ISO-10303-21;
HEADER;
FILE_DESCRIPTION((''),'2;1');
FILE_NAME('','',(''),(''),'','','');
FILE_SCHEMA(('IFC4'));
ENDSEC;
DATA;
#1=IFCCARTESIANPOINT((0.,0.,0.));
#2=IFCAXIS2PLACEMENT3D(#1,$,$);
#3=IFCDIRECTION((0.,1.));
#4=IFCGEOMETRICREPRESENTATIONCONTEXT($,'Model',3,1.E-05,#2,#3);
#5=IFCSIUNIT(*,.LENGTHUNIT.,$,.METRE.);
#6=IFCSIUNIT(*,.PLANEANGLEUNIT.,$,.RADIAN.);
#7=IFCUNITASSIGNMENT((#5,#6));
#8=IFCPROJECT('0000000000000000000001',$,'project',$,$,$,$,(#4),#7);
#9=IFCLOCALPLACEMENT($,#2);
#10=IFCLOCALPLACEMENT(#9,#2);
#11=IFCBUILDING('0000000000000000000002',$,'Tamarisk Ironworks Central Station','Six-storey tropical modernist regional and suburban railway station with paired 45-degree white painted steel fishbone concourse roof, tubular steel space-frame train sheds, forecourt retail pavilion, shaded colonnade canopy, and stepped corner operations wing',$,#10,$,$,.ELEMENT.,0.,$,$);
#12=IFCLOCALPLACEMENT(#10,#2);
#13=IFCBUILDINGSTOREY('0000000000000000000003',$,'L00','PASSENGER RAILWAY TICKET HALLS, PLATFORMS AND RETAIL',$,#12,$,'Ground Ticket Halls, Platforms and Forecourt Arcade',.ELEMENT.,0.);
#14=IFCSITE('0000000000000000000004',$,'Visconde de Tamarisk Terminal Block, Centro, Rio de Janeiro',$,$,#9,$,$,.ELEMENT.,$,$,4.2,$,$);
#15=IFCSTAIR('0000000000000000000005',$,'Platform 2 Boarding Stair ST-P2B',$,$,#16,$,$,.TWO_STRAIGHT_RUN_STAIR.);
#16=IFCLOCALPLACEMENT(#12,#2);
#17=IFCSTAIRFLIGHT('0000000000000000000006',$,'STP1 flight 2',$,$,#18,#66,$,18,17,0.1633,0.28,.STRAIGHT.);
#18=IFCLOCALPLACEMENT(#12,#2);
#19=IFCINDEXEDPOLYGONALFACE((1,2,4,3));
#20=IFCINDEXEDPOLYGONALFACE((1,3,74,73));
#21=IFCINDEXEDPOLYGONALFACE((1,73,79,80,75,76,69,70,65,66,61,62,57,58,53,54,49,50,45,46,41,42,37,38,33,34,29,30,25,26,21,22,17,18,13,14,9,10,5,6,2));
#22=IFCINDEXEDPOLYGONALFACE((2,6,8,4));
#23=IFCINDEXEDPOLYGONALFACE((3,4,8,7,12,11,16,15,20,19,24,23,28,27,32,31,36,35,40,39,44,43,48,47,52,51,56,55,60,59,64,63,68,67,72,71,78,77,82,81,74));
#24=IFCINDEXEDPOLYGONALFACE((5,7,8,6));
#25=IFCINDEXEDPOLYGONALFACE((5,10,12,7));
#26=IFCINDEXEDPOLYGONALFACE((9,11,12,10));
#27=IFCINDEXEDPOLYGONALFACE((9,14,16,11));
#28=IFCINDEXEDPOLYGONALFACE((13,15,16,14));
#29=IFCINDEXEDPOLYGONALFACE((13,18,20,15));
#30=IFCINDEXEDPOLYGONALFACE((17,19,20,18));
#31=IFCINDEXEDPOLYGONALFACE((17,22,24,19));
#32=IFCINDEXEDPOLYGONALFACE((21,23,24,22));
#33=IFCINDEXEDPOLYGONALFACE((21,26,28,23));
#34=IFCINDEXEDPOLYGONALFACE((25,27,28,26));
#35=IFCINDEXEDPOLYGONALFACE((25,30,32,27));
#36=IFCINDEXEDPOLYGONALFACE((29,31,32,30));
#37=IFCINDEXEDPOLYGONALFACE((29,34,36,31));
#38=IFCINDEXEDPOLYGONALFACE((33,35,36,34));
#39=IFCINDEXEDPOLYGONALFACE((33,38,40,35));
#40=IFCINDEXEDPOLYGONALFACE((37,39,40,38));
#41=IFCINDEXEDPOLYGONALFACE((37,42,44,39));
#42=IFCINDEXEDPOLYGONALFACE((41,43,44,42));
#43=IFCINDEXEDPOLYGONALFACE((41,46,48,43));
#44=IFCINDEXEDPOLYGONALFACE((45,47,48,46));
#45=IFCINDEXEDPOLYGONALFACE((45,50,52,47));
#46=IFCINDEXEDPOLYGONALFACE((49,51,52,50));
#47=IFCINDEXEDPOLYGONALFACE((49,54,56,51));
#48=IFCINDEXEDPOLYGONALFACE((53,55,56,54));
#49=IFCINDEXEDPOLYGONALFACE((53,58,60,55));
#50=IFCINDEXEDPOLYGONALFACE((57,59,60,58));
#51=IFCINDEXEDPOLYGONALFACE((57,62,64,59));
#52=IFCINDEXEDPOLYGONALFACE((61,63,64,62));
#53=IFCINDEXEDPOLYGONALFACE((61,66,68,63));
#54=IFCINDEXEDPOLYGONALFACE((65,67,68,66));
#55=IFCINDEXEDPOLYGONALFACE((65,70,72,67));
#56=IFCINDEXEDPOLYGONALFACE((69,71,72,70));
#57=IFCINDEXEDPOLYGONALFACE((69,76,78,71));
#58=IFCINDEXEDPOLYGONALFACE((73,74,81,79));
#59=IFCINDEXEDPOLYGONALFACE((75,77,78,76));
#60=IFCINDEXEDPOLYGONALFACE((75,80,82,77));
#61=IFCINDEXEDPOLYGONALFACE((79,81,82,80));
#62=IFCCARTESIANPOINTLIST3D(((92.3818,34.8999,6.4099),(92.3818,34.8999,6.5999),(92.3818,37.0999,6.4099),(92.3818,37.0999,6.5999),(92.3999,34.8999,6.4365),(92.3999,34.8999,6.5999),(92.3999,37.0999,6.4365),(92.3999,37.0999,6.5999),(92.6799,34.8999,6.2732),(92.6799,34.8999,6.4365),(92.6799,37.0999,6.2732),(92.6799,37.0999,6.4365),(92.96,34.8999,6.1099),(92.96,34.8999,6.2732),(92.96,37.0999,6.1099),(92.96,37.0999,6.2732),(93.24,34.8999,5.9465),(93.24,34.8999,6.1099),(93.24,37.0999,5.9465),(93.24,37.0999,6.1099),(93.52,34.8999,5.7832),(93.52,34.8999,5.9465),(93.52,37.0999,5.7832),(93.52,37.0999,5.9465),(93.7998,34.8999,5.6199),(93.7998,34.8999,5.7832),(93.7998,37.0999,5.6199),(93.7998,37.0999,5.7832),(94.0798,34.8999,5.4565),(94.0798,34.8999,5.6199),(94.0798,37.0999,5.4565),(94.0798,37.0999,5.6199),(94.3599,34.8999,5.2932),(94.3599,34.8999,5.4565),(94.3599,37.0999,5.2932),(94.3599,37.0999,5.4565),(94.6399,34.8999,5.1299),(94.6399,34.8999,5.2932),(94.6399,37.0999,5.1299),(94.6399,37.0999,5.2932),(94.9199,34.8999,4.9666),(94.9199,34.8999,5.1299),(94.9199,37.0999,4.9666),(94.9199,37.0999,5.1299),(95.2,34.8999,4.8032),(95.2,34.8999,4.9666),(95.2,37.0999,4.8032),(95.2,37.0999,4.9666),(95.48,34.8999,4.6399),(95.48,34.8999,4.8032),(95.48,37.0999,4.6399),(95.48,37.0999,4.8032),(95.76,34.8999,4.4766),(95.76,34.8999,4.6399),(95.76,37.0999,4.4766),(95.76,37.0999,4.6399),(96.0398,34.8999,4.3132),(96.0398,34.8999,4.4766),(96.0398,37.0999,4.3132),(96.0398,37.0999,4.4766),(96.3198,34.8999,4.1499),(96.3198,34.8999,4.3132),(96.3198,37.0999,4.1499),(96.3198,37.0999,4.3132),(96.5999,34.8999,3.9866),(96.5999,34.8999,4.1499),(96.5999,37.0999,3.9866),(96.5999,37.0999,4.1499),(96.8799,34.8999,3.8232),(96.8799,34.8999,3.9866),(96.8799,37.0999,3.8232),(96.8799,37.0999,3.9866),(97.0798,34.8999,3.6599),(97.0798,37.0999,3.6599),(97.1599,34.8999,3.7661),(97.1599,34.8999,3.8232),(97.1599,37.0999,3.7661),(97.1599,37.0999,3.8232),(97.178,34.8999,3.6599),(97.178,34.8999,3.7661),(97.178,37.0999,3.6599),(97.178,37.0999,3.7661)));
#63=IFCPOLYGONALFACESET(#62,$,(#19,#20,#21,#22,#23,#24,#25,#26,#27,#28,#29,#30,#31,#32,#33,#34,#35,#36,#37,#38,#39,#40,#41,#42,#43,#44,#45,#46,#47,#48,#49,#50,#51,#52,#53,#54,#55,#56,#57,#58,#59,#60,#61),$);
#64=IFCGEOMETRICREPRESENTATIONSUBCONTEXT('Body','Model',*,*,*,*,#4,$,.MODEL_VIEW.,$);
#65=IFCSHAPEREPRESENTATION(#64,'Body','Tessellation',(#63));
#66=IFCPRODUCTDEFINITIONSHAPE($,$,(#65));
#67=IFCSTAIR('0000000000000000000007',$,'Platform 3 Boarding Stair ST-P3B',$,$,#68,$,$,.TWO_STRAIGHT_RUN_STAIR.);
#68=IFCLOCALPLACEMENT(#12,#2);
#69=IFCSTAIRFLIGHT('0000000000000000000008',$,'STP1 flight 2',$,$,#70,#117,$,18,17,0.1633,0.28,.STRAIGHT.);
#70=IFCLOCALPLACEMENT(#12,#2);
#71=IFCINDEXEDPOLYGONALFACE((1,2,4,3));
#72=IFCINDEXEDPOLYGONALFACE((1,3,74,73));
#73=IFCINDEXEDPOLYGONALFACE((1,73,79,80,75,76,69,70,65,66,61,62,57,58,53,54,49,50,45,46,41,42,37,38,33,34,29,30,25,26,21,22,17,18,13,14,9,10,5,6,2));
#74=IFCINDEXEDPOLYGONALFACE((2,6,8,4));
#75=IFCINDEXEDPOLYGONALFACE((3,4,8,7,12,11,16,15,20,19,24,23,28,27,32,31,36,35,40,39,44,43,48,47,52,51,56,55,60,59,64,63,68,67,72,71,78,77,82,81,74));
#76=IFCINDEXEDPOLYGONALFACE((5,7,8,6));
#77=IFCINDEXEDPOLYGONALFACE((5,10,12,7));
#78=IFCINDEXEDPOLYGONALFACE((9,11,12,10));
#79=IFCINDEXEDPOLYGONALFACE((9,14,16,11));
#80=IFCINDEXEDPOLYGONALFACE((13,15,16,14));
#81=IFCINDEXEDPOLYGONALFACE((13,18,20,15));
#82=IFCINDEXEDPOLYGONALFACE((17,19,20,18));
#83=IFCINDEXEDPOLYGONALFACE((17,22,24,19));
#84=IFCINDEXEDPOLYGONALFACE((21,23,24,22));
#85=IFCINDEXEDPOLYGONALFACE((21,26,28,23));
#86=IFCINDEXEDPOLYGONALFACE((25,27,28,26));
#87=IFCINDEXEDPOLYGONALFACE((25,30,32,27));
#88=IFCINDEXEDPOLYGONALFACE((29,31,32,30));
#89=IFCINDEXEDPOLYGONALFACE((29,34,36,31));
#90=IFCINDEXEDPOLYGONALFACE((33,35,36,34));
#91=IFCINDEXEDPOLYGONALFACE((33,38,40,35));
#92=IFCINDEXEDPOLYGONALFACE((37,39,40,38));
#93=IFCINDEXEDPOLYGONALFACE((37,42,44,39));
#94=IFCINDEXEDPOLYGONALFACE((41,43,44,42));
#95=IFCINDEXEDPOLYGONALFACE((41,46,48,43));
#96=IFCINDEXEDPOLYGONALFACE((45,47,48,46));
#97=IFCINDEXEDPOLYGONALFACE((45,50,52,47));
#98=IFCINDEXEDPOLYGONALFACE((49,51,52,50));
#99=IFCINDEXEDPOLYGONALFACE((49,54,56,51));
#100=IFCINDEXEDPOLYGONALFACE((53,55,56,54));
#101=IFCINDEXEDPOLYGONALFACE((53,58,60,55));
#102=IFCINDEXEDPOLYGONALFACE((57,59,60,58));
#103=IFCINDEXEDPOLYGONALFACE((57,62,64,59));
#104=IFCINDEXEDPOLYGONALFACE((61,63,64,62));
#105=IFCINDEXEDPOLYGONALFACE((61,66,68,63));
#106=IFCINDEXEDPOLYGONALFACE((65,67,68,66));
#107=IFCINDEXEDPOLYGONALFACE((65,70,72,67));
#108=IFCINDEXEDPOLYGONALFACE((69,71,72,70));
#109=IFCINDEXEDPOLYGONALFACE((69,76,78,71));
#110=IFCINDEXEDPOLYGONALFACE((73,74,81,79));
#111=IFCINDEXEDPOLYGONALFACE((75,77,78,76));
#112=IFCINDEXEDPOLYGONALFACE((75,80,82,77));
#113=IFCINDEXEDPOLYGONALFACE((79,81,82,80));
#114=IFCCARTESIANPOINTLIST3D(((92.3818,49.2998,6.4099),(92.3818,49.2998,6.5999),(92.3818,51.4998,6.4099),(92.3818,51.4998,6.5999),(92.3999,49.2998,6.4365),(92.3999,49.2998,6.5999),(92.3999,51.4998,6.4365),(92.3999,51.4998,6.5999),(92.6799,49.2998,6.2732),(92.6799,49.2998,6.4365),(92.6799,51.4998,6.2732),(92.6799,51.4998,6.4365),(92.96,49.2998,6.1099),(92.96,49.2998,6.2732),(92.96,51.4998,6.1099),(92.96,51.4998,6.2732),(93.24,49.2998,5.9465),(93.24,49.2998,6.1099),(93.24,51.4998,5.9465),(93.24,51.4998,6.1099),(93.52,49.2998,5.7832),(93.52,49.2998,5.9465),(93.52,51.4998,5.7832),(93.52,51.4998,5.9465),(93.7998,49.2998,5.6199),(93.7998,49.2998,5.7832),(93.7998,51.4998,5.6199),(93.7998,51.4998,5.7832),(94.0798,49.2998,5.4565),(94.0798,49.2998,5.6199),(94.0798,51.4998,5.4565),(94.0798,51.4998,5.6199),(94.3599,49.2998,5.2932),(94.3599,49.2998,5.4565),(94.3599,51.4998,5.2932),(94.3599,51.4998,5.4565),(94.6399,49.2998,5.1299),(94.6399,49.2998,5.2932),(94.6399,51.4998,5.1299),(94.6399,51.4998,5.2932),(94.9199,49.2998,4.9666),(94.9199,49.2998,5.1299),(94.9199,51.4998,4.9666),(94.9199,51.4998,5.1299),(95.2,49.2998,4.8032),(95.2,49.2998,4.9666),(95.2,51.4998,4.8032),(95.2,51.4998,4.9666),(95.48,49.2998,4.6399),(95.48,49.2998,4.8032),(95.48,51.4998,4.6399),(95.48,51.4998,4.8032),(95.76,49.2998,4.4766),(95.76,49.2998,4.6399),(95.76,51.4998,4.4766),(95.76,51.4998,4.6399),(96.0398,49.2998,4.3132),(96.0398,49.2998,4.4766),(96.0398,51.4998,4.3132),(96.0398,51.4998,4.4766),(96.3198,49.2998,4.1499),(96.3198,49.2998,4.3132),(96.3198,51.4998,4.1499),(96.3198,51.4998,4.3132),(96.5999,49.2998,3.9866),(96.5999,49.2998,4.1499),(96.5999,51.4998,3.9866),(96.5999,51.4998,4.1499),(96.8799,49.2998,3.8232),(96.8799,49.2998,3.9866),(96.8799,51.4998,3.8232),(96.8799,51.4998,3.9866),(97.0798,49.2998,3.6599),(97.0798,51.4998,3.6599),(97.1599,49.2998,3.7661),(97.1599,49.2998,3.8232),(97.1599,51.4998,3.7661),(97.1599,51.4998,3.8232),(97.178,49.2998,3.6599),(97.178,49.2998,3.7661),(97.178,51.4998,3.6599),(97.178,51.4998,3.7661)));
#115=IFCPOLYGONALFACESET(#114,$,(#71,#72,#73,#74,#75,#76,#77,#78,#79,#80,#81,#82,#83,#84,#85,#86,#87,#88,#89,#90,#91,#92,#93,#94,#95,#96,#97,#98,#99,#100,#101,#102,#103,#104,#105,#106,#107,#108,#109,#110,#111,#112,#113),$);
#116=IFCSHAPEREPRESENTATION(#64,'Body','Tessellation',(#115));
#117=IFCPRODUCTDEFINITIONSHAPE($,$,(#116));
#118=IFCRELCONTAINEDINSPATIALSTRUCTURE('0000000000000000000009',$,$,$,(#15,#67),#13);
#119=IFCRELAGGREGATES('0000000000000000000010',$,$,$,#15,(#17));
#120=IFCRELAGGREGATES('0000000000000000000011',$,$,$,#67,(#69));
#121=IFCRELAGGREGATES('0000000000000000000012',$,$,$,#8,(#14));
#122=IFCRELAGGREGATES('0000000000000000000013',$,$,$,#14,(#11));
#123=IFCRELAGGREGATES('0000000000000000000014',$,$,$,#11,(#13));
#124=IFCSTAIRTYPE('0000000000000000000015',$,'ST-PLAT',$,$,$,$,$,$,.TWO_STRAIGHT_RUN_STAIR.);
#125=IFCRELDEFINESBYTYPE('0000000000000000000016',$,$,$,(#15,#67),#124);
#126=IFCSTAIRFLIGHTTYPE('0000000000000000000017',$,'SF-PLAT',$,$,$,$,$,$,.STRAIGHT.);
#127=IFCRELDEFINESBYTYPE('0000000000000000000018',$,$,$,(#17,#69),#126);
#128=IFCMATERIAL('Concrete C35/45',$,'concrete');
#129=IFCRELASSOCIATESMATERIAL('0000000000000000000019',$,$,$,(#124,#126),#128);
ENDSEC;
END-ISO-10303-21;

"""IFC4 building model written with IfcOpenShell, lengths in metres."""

from ifc_helpers import new_model, si_unit, direction, frame, origin, place, context, subcontext, project, spatial, polyline, outline, extrude, material, type_object, element, aggregate, save


model = new_model("IFC4")

# Units and contexts
model_context = context("Model", 3, precision=1e-05, world=origin(), true_north=direction((0.0, 1.0)))
body_context = subcontext(model_context, "Body", "Model", "MODEL_VIEW")
ifc_project = project(units=[si_unit("LENGTHUNIT", "METRE"), si_unit("PLANEANGLEUNIT", "RADIAN")], contexts=[model_context])

# Site, building, storey
site_placement = place(None, origin())
site = spatial("IfcSite", under=ifc_project, at=site_placement, Name="Visconde de Tamarisk Terminal Block, Centro, Rio de Janeiro", CompositionType="ELEMENT", RefElevation=4.2)
building_placement = place(site_placement, origin())
building = spatial("IfcBuilding", under=site, at=building_placement, Name="Tamarisk Ironworks Central Station", Description="Six-storey tropical modernist regional and suburban railway station with paired 45-degree white painted steel fishbone concourse roof, tubular steel space-frame train sheds, forecourt retail pavilion, shaded colonnade canopy, and stepped corner operations wing", CompositionType="ELEMENT", ElevationOfRefHeight=0.0)
storey_placement = place(building_placement, origin())
storey = spatial("IfcBuildingStorey", under=building, at=storey_placement, Name="L00", Description="PASSENGER RAILWAY TICKET HALLS, PLATFORMS AND RETAIL", LongName="Ground Ticket Halls, Platforms and Forecourt Arcade", CompositionType="ELEMENT", Elevation=0.0)

# Stairs, stair flights
ifc_material_1 = material(Name="Concrete C35/45", Category="concrete")
stair_type = type_object("IfcStairType", Name="ST-PLAT", PredefinedType="TWO_STRAIGHT_RUN_STAIR", material=ifc_material_1)
stair_1_placement = place(storey_placement, origin())
stair_1 = element("IfcStair", 1, at=stair_1_placement, inside=storey, type_object=stair_type, Name="Platform 2 Boarding Stair ST-P2B", PredefinedType="TWO_STRAIGHT_RUN_STAIR")
stair_flight_type = type_object("IfcStairFlightType", Name="SF-PLAT", PredefinedType="STRAIGHT", material=ifc_material_1)
stair_flight_1_placement = place(storey_placement, frame((97.1599, 36.0, 3.6599), z_axis=(0.0, 0.0, 1.0), x_axis=(-1.0, 0.0, 0.0)))
stair_flight_1 = element("IfcStairFlight", 2, at=stair_flight_1_placement, type_object=stair_flight_type, Name="STP1 flight 2", NumberOfRisers=18, NumberOfTreads=17, PredefinedType="STRAIGHT", RiserHeight=0.1633, TreadLength=0.28, context=body_context, shape_type="SweptSolid", body=[
    extrude(outline(polyline([(-0.0181, 0.0), (-0.0181, 0.1062), (0.0, 0.1062), (0.0, 0.1633), (0.28, 0.1633), (0.28, 0.3267), (0.5601, 0.3267), (0.5601, 0.49), (0.8401, 0.49), (0.8401, 0.6533), (1.1201, 0.6533), (1.1201, 0.8167), (1.3999, 0.8167), (1.3999, 0.98), (1.6799, 0.98), (1.6799, 1.1433), (1.96, 1.1433), (1.96, 1.3066), (2.24, 1.3066), (2.24, 1.47), (2.52, 1.47), (2.52, 1.6333), (2.8, 1.6333), (2.8, 1.7966), (3.0801, 1.7966), (3.0801, 1.96), (3.3601, 1.96), (3.3601, 2.1233), (3.6399, 2.1233), (3.6399, 2.2866), (3.9199, 2.2866), (3.9199, 2.45), (4.2, 2.45), (4.2, 2.6133), (4.48, 2.6133), (4.48, 2.7766), (4.76, 2.7766), (4.76, 2.9399), (4.7781, 2.9399), (4.7781, 2.75), (0.0801, 0.0), (-0.0181, 0.0)])), frame((0.0, 1.1001, 0.0), z_axis=(0.0, -1.0, 0.0), x_axis=(1.0, 0.0, 0.0)), (0.0, 0.0, 1.0), 2.2),
])
aggregate(stair_1, [stair_flight_1])
stair_2_placement = place(storey_placement, origin())
stair_2 = element("IfcStair", 3, at=stair_2_placement, inside=storey, type_object=stair_type, Name="Platform 3 Boarding Stair ST-P3B", PredefinedType="TWO_STRAIGHT_RUN_STAIR")
stair_flight_2_placement = place(storey_placement, frame((97.1599, 50.3999, 3.6599), z_axis=(0.0, 0.0, 1.0), x_axis=(-1.0, 0.0, 0.0)))
stair_flight_2 = element("IfcStairFlight", 4, at=stair_flight_2_placement, type_object=stair_flight_type, Name="STP1 flight 2", NumberOfRisers=18, NumberOfTreads=17, PredefinedType="STRAIGHT", RiserHeight=0.1633, TreadLength=0.28, context=body_context, shape_type="SweptSolid", body=[
    extrude(outline(polyline([(-0.0181, 0.0), (-0.0181, 0.1062), (0.0, 0.1062), (0.0, 0.1633), (0.28, 0.1633), (0.28, 0.3267), (0.5601, 0.3267), (0.5601, 0.49), (0.8401, 0.49), (0.8401, 0.6533), (1.1201, 0.6533), (1.1201, 0.8167), (1.3999, 0.8167), (1.3999, 0.98), (1.6799, 0.98), (1.6799, 1.1433), (1.96, 1.1433), (1.96, 1.3066), (2.24, 1.3066), (2.24, 1.47), (2.52, 1.47), (2.52, 1.6333), (2.8, 1.6333), (2.8, 1.7966), (3.0801, 1.7966), (3.0801, 1.96), (3.3601, 1.96), (3.3601, 2.1233), (3.6399, 2.1233), (3.6399, 2.2866), (3.9199, 2.2866), (3.9199, 2.45), (4.2, 2.45), (4.2, 2.6133), (4.48, 2.6133), (4.48, 2.7766), (4.76, 2.7766), (4.76, 2.9399), (4.7781, 2.9399), (4.7781, 2.75), (0.0801, 0.0), (-0.0181, 0.0)])), frame((0.0, 1.1001, 0.0), z_axis=(0.0, -1.0, 0.0), x_axis=(1.0, 0.0, 0.0)), (0.0, 0.0, 1.0), 2.2),
])
aggregate(stair_2, [stair_flight_2])

save(model, "model.ifc")
